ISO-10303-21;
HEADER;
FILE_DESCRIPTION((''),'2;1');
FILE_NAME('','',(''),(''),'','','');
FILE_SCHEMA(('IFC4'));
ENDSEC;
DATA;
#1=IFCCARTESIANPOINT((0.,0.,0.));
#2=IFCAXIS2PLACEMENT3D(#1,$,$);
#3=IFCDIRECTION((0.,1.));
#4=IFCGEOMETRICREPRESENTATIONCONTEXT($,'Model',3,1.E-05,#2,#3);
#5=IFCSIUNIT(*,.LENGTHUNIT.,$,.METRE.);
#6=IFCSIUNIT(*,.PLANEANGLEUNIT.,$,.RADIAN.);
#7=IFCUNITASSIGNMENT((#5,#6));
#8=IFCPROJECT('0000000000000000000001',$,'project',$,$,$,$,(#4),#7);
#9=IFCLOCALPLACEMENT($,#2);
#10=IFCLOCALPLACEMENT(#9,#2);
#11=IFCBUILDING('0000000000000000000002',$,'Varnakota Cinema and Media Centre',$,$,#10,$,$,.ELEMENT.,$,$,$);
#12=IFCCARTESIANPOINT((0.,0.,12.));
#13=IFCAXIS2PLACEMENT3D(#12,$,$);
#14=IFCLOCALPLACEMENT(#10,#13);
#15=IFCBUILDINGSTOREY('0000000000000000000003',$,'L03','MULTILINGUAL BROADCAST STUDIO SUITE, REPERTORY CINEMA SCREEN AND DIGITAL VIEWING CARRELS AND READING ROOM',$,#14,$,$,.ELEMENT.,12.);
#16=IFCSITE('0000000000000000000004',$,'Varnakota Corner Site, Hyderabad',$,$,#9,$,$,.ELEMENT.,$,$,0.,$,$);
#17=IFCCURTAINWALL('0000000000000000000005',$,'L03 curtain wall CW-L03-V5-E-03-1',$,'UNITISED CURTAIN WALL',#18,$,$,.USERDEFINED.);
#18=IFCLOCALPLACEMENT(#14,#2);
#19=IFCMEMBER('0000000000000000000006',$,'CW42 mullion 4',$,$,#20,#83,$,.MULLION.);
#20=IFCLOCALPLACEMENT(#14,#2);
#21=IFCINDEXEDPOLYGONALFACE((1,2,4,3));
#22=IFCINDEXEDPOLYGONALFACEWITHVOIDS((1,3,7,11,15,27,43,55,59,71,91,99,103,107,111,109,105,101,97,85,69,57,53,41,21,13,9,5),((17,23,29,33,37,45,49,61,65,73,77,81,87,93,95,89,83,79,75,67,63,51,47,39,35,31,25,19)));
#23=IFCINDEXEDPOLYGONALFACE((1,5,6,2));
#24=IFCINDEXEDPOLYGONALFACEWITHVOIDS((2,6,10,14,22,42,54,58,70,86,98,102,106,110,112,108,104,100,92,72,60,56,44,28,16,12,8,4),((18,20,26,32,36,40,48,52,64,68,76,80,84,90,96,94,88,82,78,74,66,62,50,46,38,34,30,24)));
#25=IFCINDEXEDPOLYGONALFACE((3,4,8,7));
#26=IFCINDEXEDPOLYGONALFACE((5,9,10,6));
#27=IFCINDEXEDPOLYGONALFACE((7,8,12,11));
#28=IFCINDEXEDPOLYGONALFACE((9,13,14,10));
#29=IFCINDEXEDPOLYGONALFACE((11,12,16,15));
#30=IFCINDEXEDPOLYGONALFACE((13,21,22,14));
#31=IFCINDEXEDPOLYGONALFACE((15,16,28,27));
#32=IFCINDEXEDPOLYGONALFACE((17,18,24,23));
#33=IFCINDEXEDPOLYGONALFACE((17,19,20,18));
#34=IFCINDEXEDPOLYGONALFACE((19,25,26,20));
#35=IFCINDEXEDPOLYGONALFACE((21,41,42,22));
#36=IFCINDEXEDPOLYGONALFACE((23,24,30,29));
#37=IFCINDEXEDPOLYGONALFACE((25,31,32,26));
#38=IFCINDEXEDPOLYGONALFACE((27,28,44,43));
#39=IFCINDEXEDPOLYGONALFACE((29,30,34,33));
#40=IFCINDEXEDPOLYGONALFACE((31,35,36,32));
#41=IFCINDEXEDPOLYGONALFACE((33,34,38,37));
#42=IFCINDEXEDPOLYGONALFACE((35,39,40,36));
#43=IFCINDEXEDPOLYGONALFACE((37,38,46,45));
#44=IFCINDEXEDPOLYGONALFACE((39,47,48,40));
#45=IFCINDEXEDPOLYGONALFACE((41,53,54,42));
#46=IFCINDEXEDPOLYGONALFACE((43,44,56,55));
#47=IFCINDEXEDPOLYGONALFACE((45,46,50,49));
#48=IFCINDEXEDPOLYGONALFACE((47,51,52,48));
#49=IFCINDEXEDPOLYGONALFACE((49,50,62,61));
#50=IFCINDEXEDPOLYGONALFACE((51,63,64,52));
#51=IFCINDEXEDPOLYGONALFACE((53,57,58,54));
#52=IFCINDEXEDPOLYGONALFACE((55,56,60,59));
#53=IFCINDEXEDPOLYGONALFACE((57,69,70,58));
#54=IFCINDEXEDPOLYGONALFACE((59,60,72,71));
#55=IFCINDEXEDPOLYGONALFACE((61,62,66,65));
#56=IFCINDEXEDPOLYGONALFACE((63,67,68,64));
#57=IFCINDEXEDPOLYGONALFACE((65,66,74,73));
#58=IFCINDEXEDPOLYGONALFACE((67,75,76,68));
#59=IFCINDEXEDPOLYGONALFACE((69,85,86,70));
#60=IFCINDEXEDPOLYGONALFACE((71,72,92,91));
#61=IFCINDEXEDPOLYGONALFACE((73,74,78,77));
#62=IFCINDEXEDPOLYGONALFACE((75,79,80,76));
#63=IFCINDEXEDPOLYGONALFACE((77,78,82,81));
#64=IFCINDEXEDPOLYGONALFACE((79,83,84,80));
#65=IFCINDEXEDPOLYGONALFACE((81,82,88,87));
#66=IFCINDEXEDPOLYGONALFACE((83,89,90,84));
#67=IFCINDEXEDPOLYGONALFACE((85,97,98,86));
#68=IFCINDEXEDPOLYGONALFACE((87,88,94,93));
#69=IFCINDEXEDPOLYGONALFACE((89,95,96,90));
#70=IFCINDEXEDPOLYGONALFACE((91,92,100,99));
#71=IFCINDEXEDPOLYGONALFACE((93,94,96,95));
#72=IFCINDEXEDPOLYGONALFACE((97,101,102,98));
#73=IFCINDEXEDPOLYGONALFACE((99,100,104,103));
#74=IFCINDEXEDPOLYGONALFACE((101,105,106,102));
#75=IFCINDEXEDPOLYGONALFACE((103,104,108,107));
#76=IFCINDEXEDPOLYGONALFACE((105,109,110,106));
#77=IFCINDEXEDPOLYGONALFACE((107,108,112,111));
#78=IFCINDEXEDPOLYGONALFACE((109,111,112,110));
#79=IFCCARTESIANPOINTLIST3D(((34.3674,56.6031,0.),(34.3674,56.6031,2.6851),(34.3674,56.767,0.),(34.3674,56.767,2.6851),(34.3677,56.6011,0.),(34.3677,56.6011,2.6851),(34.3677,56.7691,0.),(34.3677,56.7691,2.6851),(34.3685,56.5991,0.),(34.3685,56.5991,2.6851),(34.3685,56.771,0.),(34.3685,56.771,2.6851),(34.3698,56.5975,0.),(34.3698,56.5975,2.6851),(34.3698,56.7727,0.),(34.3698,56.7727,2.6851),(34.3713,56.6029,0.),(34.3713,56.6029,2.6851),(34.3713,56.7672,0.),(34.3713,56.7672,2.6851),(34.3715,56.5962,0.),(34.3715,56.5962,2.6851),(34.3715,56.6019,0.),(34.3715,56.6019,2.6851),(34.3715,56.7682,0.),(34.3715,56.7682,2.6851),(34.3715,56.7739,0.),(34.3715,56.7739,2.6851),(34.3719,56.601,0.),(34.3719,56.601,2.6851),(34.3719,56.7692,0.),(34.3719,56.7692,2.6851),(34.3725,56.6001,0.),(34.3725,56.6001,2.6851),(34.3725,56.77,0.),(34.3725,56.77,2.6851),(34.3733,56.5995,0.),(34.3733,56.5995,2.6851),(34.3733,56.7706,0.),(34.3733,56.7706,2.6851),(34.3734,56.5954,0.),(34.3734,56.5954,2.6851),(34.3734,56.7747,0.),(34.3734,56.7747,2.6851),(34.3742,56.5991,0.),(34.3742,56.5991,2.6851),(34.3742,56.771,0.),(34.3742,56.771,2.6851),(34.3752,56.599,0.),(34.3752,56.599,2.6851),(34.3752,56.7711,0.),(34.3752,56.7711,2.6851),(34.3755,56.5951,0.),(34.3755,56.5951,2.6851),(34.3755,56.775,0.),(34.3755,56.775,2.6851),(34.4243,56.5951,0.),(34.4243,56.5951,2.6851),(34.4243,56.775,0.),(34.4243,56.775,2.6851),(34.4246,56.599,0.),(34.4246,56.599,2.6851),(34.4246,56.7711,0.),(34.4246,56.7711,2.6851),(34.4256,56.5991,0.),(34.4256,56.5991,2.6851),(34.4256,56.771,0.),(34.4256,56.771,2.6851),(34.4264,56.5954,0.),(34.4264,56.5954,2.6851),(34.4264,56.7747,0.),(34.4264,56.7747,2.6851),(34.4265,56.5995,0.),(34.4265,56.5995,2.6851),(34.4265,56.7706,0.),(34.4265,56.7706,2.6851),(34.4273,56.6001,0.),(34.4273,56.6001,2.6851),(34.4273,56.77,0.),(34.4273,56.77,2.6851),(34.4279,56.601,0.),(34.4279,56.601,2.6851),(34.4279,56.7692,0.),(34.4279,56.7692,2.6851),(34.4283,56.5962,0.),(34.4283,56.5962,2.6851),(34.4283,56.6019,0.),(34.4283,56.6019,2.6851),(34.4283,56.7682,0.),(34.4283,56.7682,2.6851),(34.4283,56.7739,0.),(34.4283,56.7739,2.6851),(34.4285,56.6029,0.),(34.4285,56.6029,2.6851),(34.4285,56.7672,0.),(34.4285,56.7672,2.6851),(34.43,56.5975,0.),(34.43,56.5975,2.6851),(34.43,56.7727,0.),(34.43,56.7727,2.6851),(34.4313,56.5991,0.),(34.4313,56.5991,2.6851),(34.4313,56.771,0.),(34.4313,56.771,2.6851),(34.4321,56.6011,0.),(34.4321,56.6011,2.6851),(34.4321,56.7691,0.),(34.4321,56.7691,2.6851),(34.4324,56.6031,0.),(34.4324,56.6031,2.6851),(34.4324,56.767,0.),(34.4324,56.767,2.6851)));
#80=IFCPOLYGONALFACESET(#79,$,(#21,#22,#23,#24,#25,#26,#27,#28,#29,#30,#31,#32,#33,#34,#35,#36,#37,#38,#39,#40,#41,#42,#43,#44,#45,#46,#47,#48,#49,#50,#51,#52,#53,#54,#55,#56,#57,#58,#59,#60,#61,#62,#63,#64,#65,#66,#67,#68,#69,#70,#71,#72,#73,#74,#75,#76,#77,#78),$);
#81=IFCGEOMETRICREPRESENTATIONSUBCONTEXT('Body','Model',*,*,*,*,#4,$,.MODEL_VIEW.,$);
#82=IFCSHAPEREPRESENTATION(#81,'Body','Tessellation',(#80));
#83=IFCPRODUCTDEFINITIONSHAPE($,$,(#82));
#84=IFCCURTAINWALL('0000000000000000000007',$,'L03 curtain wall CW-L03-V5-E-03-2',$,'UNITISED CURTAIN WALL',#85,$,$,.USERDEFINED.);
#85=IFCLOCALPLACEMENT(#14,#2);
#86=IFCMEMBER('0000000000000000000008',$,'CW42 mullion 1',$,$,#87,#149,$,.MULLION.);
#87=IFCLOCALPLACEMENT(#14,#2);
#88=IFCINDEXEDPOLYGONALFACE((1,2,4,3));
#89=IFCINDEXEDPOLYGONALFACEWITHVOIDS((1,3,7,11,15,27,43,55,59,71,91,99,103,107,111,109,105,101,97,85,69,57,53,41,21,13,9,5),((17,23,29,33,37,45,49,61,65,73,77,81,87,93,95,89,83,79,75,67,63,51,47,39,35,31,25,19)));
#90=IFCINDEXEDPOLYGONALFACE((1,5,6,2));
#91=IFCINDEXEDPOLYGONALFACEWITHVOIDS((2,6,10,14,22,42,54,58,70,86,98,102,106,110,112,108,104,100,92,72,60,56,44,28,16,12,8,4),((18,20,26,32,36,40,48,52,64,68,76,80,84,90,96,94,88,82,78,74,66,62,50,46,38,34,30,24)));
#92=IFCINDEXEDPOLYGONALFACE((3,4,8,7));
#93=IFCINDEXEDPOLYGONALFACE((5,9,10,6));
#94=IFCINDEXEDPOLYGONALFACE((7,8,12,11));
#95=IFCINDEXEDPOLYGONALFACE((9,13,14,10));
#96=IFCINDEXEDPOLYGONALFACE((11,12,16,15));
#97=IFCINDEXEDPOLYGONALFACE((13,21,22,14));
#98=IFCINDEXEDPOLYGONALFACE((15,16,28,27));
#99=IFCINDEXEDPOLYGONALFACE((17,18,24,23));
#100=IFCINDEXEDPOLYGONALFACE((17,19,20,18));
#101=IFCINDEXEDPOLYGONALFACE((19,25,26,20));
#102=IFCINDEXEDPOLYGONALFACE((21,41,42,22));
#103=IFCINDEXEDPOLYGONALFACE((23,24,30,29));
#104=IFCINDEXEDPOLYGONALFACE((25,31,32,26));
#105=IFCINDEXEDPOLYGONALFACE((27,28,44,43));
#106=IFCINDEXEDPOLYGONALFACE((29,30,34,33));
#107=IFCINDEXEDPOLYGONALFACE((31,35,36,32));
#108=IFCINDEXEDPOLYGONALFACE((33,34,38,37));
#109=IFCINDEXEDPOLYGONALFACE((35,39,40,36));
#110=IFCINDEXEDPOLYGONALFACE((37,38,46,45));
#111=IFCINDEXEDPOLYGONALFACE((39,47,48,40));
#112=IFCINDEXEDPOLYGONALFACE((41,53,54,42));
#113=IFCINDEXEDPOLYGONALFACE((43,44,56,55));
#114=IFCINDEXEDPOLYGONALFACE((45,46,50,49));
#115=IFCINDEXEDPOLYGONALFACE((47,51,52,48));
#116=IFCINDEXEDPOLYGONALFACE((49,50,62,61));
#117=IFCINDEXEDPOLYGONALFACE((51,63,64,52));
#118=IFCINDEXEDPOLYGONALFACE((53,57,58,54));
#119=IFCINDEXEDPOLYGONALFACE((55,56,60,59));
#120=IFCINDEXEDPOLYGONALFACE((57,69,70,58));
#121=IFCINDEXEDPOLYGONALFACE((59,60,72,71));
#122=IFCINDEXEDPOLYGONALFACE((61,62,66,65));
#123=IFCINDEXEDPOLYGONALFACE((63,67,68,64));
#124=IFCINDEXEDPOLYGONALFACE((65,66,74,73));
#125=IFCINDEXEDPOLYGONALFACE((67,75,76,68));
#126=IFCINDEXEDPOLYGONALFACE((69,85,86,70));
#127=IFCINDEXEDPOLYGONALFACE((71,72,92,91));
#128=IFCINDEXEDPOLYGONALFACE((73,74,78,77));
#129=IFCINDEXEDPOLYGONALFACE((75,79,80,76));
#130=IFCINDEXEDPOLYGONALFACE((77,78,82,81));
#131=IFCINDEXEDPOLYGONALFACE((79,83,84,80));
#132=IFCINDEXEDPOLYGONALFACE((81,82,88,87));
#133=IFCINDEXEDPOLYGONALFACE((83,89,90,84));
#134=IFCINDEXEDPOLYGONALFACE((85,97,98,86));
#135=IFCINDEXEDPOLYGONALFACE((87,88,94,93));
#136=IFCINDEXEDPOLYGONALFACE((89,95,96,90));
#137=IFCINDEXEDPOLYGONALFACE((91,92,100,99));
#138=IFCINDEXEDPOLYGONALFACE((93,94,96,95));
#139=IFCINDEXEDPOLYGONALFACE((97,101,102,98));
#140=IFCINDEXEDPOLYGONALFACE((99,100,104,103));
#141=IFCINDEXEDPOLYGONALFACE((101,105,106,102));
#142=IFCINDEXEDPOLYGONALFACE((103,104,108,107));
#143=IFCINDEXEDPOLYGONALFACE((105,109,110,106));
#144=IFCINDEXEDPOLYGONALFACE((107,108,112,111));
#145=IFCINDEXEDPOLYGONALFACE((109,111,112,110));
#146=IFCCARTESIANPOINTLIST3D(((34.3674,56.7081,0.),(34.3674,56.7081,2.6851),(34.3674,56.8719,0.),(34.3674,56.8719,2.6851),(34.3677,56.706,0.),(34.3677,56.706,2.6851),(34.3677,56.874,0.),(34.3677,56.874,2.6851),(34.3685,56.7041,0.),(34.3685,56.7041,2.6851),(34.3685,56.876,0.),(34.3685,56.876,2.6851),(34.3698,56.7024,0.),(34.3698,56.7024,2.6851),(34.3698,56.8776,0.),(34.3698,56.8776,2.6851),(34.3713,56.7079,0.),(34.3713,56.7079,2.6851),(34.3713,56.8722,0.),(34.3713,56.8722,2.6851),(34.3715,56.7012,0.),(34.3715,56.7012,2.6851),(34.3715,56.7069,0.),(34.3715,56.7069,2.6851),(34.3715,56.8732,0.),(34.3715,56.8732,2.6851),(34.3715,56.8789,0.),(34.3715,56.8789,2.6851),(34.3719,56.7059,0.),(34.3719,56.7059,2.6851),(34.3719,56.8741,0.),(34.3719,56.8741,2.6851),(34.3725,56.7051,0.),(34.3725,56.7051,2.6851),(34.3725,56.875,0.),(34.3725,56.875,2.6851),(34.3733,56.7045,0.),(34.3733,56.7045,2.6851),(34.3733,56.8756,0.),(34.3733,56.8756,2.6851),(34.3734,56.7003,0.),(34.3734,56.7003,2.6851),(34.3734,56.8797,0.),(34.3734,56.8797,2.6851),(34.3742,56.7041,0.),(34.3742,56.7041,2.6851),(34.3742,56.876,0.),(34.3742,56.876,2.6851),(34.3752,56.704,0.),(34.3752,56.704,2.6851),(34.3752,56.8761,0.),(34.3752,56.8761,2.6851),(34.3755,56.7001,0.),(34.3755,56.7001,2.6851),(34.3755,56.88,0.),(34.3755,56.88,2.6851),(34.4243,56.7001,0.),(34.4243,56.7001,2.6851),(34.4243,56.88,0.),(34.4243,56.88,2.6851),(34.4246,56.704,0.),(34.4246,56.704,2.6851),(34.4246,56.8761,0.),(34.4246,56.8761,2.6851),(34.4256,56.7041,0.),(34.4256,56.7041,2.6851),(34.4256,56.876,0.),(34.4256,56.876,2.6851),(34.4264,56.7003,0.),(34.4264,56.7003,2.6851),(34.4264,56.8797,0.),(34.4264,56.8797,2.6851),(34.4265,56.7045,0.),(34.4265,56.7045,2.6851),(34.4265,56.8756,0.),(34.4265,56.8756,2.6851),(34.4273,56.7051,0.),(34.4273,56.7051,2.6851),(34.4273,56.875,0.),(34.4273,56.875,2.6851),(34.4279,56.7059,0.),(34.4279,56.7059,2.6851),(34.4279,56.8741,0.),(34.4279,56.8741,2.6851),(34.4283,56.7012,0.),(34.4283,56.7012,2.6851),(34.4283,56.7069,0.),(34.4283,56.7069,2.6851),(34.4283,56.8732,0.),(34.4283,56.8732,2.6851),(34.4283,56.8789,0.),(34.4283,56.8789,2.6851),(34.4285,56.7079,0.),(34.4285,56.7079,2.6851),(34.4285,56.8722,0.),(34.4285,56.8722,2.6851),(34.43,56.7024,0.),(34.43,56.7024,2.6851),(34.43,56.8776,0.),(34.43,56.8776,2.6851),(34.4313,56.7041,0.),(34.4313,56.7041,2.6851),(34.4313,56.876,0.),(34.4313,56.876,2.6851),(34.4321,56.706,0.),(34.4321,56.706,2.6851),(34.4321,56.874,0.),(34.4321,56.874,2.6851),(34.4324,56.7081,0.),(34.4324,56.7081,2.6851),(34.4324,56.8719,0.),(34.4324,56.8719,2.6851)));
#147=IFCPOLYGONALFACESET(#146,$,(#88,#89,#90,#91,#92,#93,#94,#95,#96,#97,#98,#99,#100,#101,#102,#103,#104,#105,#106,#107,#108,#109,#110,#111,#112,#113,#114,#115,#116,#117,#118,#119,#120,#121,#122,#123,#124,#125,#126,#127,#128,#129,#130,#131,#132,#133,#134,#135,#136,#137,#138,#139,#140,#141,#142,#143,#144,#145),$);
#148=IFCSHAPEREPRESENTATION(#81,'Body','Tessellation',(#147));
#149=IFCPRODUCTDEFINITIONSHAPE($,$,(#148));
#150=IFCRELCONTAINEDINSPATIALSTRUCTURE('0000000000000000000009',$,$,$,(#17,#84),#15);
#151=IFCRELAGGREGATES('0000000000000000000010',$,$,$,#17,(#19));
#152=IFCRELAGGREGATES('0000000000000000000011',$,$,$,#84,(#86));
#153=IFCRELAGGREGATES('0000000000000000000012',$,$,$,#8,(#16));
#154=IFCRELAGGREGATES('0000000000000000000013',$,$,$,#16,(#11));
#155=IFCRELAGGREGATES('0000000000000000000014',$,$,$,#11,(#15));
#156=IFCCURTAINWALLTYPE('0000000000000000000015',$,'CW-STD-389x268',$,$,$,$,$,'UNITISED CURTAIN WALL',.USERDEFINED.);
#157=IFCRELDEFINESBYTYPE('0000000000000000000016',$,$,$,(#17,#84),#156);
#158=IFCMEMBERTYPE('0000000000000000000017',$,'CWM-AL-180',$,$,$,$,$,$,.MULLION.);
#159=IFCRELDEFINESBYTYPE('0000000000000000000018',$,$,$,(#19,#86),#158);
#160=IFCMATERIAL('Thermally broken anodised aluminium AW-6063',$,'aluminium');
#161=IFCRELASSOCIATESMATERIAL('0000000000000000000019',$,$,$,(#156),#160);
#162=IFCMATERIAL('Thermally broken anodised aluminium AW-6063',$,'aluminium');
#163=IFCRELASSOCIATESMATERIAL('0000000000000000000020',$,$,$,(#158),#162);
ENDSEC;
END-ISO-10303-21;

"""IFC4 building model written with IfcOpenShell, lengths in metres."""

from ifc_helpers import new_model, si_unit, direction, frame, origin, origin_2d, place, context, subcontext, project, spatial, hollow_rectangle, extrude, material, material_profile, profile_set, type_object, element, aggregate, save


model = new_model("IFC4")

# Units and contexts
model_context = context("Model", 3, precision=1e-05, world=origin(), true_north=direction((0.0, 1.0)))
body_context = subcontext(model_context, "Body", "Model", "MODEL_VIEW")
ifc_project = project(units=[si_unit("LENGTHUNIT", "METRE"), si_unit("PLANEANGLEUNIT", "RADIAN")], contexts=[model_context])

# Site, building, storey
site_placement = place(None, origin())
site = spatial("IfcSite", under=ifc_project, at=site_placement, Name="Varnakota Corner Site, Hyderabad", CompositionType="ELEMENT", RefElevation=0.0)
building_placement = place(site_placement, origin())
building = spatial("IfcBuilding", under=site, at=building_placement, Name="Varnakota Cinema and Media Centre", CompositionType="ELEMENT")
storey_placement = place(building_placement, frame((0.0, 0.0, 12.0)))
storey = spatial("IfcBuildingStorey", under=building, at=storey_placement, Name="L03", Description="MULTILINGUAL BROADCAST STUDIO SUITE, REPERTORY CINEMA SCREEN AND DIGITAL VIEWING CARRELS AND READING ROOM", CompositionType="ELEMENT", Elevation=12.0)

# Curtain wall, member
ifc_material_1 = material(Name="Thermally broken anodised aluminium AW-6063", Category="aluminium")
curtain_wall_type = type_object("IfcCurtainWallType", Name="CW-STD-389x268", ElementType="UNITISED CURTAIN WALL", PredefinedType="USERDEFINED", material=ifc_material_1)
curtain_wall_1_placement = place(storey_placement, origin())
curtain_wall_1 = element("IfcCurtainWall", 1, at=curtain_wall_1_placement, inside=storey, type_object=curtain_wall_type, Name="L03 curtain wall CW-L03-V5-E-03-1", ObjectType="UNITISED CURTAIN WALL", PredefinedType="USERDEFINED")
ifc_material_2 = material(Name="Thermally broken anodised aluminium AW-6063", Category="aluminium")
ifc_material_profile_1 = material_profile(ifc_material_2, hollow_rectangle(XDim=0.0649, YDim=0.1799, WallThickness=0.0039, InnerFilletRadius=0.0039, OuterFilletRadius=0.0081, at=origin_2d()), Name="AL-MULLION 180x65x4")
ifc_profile_set_1 = profile_set([ifc_material_profile_1], Name="Thermally broken anodised aluminium AW-6063")
member_type_1 = type_object("IfcMemberType", Name="CWM-AL-180", PredefinedType="MULLION", material=ifc_profile_set_1)
member_1_placement = place(storey_placement, frame((34.3999, 56.6851, 0.0), z_axis=(0.0, 0.0, 1.0), x_axis=(-1.0, 0.0, 0.0)))
member_1 = element("IfcMember", 2, at=member_1_placement, type_object=member_type_1, Name="CW42 mullion 4", PredefinedType="MULLION", context=body_context, shape_type="SweptSolid", body=[
    extrude(hollow_rectangle(XDim=0.0649, YDim=0.1799, WallThickness=0.0039, InnerFilletRadius=0.0039, OuterFilletRadius=0.0081, at=origin_2d()), origin(), (0.0, 0.0, 1.0), 2.6851),
])

# Curtain wall, member
curtain_wall_2_placement = place(storey_placement, origin())
curtain_wall_2 = element("IfcCurtainWall", 3, at=curtain_wall_2_placement, inside=storey, type_object=curtain_wall_type, Name="L03 curtain wall CW-L03-V5-E-03-2", ObjectType="UNITISED CURTAIN WALL", PredefinedType="USERDEFINED")
member_2_placement = place(storey_placement, frame((34.3999, 56.79, 0.0), z_axis=(0.0, 0.0, 1.0), x_axis=(-1.0, 0.0, 0.0)))
member_2 = element("IfcMember", 4, at=member_2_placement, type_object=member_type_1, Name="CW42 mullion 1", PredefinedType="MULLION", context=body_context, shape_type="SweptSolid", body=[
    extrude(hollow_rectangle(XDim=0.0649, YDim=0.1799, WallThickness=0.0039, InnerFilletRadius=0.0039, OuterFilletRadius=0.0081, at=origin_2d()), origin(), (0.0, 0.0, 1.0), 2.6851),
])

aggregate(curtain_wall_1, [member_1])
aggregate(curtain_wall_2, [member_2])

save(model, "model.ifc")
